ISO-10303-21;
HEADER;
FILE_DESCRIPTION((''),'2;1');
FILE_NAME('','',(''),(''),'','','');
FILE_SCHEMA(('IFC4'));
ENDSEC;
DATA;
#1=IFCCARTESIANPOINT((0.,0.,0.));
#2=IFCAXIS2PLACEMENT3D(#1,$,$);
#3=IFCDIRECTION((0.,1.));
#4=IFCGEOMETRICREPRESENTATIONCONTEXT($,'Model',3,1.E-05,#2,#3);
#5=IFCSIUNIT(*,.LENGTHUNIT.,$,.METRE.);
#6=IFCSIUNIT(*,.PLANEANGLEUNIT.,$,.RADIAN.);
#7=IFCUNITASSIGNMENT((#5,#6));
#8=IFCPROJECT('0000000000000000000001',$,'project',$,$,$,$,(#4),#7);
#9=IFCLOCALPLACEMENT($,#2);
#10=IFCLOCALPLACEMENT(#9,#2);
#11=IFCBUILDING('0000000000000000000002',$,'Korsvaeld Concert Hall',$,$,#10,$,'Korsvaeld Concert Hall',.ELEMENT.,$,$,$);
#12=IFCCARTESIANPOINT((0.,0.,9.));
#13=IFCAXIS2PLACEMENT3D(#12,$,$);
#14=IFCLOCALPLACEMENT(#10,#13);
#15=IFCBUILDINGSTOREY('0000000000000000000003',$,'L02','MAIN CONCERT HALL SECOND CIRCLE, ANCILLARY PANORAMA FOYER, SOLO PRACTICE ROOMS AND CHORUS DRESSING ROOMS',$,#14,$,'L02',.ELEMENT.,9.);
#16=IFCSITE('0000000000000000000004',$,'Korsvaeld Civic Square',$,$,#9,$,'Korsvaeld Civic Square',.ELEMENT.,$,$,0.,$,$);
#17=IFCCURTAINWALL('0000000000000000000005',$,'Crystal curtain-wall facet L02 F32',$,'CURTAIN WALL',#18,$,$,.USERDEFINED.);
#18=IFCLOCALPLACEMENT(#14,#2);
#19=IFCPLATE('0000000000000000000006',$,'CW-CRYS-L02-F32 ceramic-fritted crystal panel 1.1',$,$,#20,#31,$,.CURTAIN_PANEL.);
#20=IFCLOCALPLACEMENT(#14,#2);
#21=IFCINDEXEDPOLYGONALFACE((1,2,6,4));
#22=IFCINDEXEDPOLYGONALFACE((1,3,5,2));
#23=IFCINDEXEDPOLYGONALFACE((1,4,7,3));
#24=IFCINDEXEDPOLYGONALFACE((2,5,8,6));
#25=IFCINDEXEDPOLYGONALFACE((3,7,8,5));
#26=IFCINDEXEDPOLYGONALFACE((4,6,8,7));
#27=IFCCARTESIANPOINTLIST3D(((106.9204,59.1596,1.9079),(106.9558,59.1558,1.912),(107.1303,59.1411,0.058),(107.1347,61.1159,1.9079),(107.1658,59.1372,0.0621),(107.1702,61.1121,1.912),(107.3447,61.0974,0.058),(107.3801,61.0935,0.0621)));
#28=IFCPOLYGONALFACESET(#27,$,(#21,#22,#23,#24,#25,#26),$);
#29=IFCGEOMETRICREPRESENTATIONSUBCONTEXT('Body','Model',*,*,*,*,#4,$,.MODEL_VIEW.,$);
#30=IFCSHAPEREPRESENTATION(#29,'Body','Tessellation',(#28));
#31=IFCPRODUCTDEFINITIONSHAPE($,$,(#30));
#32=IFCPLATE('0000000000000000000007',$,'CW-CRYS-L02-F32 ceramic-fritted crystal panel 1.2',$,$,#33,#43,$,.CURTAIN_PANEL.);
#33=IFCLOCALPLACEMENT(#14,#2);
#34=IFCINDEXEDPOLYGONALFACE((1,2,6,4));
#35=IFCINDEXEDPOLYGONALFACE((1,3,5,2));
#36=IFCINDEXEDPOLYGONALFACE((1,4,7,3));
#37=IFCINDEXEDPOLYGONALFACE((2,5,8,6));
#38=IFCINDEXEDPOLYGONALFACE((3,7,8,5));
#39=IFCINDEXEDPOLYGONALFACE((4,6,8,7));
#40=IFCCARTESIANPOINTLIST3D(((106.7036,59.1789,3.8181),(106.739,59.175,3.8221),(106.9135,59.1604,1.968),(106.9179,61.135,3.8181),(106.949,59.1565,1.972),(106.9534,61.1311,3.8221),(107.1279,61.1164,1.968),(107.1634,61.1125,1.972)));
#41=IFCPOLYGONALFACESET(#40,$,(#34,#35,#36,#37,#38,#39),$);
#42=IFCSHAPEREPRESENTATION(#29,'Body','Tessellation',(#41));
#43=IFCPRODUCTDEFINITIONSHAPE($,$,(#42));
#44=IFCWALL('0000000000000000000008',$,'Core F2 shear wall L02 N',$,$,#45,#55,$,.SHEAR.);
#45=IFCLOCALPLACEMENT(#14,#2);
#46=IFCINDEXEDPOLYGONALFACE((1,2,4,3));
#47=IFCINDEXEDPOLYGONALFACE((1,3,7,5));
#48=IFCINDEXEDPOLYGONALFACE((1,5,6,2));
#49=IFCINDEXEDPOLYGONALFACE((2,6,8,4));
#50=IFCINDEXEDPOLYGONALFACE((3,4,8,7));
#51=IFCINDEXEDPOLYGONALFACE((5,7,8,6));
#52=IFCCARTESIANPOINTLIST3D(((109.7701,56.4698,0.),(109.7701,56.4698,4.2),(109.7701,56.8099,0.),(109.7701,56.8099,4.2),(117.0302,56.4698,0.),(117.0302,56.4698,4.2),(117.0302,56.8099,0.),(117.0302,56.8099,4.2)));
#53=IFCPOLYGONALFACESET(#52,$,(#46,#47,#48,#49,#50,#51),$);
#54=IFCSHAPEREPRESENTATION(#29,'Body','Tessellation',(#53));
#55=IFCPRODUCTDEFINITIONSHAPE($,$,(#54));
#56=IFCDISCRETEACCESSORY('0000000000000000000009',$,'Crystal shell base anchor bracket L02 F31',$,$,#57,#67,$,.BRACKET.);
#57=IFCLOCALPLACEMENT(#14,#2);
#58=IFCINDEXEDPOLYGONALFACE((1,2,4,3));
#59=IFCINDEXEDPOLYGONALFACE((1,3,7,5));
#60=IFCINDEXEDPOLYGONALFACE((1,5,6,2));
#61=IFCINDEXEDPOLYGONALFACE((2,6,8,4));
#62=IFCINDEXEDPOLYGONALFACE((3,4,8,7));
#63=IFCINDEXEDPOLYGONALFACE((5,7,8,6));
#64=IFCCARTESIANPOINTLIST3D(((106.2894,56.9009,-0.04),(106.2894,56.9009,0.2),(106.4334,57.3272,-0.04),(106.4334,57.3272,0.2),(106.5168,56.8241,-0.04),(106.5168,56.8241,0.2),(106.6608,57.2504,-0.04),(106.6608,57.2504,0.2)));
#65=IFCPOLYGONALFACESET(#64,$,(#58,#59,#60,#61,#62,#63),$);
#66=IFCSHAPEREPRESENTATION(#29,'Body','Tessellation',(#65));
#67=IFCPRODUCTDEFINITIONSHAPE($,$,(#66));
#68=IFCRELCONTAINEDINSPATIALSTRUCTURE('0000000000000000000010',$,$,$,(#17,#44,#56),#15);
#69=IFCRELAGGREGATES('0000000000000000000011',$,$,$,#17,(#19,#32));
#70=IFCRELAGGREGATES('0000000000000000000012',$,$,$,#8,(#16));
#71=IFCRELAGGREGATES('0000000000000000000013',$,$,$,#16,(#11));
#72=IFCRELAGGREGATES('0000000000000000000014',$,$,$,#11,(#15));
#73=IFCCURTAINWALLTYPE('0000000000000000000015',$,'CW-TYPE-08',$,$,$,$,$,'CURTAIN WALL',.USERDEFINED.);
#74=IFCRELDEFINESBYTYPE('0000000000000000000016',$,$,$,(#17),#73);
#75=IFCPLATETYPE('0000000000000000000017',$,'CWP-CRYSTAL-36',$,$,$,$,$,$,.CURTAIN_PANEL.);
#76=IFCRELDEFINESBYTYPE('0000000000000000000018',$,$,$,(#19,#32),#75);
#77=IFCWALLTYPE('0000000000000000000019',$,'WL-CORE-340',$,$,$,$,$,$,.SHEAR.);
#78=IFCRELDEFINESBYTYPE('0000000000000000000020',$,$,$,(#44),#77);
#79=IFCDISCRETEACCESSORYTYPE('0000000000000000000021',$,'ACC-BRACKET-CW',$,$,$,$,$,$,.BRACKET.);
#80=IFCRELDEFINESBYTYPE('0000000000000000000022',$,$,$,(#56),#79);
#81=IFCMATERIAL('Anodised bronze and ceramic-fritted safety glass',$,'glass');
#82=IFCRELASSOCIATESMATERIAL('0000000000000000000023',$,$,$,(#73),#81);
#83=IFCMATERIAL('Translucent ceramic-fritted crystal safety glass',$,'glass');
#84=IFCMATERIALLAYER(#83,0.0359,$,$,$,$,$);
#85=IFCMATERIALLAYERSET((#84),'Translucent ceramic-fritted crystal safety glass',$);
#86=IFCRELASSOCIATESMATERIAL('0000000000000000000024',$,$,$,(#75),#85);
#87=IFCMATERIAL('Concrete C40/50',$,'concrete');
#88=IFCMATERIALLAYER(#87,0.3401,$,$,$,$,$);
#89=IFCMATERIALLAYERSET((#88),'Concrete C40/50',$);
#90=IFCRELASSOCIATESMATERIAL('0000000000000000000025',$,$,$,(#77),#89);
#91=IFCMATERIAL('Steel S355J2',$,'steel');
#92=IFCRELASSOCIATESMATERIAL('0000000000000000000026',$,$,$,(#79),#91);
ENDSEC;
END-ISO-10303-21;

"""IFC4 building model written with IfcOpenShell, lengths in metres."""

from ifc_helpers import new_model, si_unit, direction, frame, frame_2d, origin, origin_2d, place, context, subcontext, project, spatial, polyline, rectangle, outline, extrude, material, layer, layer_set, type_object, element, aggregate, save


model = new_model("IFC4")

# Units and contexts
model_context = context("Model", 3, precision=1e-05, world=origin(), true_north=direction((0.0, 1.0)))
body_context = subcontext(model_context, "Body", "Model", "MODEL_VIEW")
ifc_project = project(units=[si_unit("LENGTHUNIT", "METRE"), si_unit("PLANEANGLEUNIT", "RADIAN")], contexts=[model_context])

# Site, building, storey
site_placement = place(None, origin())
site = spatial("IfcSite", under=ifc_project, at=site_placement, Name="Korsvaeld Civic Square", LongName="Korsvaeld Civic Square", CompositionType="ELEMENT", RefElevation=0.0)
building_placement = place(site_placement, origin())
building = spatial("IfcBuilding", under=site, at=building_placement, Name="Korsvaeld Concert Hall", LongName="Korsvaeld Concert Hall", CompositionType="ELEMENT")
storey_placement = place(building_placement, frame((0.0, 0.0, 9.0)))
storey = spatial("IfcBuildingStorey", under=building, at=storey_placement, Name="L02", Description="MAIN CONCERT HALL SECOND CIRCLE, ANCILLARY PANORAMA FOYER, SOLO PRACTICE ROOMS AND CHORUS DRESSING ROOMS", LongName="L02", CompositionType="ELEMENT", Elevation=9.0)

# Shared definitions
ifc_material_1 = material(Name="Concrete C40/50", Category="concrete")

# Curtain wall
ifc_material_2 = material(Name="Anodised bronze and ceramic-fritted safety glass", Category="glass")
curtain_wall_type_1 = type_object("IfcCurtainWallType", Name="CW-TYPE-08", ElementType="CURTAIN WALL", PredefinedType="USERDEFINED", material=ifc_material_2)
curtain_wall_1_placement = place(storey_placement, origin())
curtain_wall_1 = element("IfcCurtainWall", 1, at=curtain_wall_1_placement, inside=storey, type_object=curtain_wall_type_1, Name="Crystal curtain-wall facet L02 F32", ObjectType="CURTAIN WALL", PredefinedType="USERDEFINED")

# Plates
ifc_material_3 = material(Name="Translucent ceramic-fritted crystal safety glass", Category="glass")
ifc_layer_1 = layer(ifc_material_3, 0.0359)
ifc_layer_set_1 = layer_set([ifc_layer_1], Name="Translucent ceramic-fritted crystal safety glass")
plate_type = type_object("IfcPlateType", Name="CWP-CRYSTAL-36", PredefinedType="CURTAIN_PANEL", material=ifc_layer_set_1)
plate_1_placement = place(storey_placement, frame((107.1479, 59.1392, 0.0601), z_axis=(0.987663, -0.10822, 0.113187), x_axis=(0.10892, 0.994051, 0.0)))
plate_1 = element("IfcPlate", 2, at=plate_1_placement, type_object=plate_type, Name="CW-CRYS-L02-F32 ceramic-fritted crystal panel 1.1", PredefinedType="CURTAIN_PANEL", context=body_context, shape_type="SweptSolid", body=[
    extrude(outline(polyline([(0.0, 0.0), (1.968, 0.0), (1.9636, 1.8618), (-0.0044, 1.8618), (0.0, 0.0)])), frame((0.0, 0.0, 0.0181)), (0.0, 0.0, -1.0), 0.0359),
])
plate_2_placement = place(storey_placement, frame((106.9312, 59.1584, 1.97), z_axis=(0.987663, -0.108234, 0.113172), x_axis=(0.108933, 0.994049, 0.0)))
plate_2 = element("IfcPlate", 3, at=plate_2_placement, type_object=plate_type, Name="CW-CRYS-L02-F32 ceramic-fritted crystal panel 1.2", PredefinedType="CURTAIN_PANEL", context=body_context, shape_type="SweptSolid", body=[
    extrude(outline(polyline([(0.0, 0.0), (1.9678, 0.0), (1.9633, 1.8621), (-0.0044, 1.8621), (0.0, 0.0)])), frame((0.0, 0.0, 0.0181)), (0.0, 0.0, -1.0), 0.0359),
])
aggregate(curtain_wall_1, [plate_1, plate_2])

# Wall
ifc_layer_2 = layer(ifc_material_1, 0.3401)
ifc_layer_set_2 = layer_set([ifc_layer_2], Name="Concrete C40/50")
wall_type = type_object("IfcWallType", Name="WL-CORE-340", PredefinedType="SHEAR", material=ifc_layer_set_2)
wall_1_placement = place(storey_placement, frame((117.03, 56.6399, 0.0), z_axis=(0.0, 0.0, 1.0), x_axis=(-1.0, 0.0, 0.0)))
element("IfcWall", 4, at=wall_1_placement, inside=storey, type_object=wall_type, Name="Core F2 shear wall L02 N", PredefinedType="SHEAR", context=body_context, shape_type="SweptSolid", body=[
    extrude(rectangle(XDim=7.26, YDim=0.3401, at=frame_2d((3.6299, 0.0))), origin(), (0.0, 0.0, 1.0), 4.2),
])

# Discrete accessory
ifc_material_4 = material(Name="Steel S355J2", Category="steel")
discrete_accessory_type = type_object("IfcDiscreteAccessoryType", Name="ACC-BRACKET-CW", PredefinedType="BRACKET", material=ifc_material_4)
discrete_accessory_placement = place(storey_placement, frame((106.4751, 57.0757, -0.04), z_axis=(0.0, 0.0, 1.0), x_axis=(0.319952, 0.947434, 0.0)))
element("IfcDiscreteAccessory", 5, at=discrete_accessory_placement, inside=storey, type_object=discrete_accessory_type, Name="Crystal shell base anchor bracket L02 F31", PredefinedType="BRACKET", context=body_context, shape_type="SweptSolid", body=[
    extrude(rectangle(XDim=0.45, YDim=0.24, at=origin_2d()), origin(), (0.0, 0.0, 1.0), 0.24),
])

save(model, "model.ifc")
